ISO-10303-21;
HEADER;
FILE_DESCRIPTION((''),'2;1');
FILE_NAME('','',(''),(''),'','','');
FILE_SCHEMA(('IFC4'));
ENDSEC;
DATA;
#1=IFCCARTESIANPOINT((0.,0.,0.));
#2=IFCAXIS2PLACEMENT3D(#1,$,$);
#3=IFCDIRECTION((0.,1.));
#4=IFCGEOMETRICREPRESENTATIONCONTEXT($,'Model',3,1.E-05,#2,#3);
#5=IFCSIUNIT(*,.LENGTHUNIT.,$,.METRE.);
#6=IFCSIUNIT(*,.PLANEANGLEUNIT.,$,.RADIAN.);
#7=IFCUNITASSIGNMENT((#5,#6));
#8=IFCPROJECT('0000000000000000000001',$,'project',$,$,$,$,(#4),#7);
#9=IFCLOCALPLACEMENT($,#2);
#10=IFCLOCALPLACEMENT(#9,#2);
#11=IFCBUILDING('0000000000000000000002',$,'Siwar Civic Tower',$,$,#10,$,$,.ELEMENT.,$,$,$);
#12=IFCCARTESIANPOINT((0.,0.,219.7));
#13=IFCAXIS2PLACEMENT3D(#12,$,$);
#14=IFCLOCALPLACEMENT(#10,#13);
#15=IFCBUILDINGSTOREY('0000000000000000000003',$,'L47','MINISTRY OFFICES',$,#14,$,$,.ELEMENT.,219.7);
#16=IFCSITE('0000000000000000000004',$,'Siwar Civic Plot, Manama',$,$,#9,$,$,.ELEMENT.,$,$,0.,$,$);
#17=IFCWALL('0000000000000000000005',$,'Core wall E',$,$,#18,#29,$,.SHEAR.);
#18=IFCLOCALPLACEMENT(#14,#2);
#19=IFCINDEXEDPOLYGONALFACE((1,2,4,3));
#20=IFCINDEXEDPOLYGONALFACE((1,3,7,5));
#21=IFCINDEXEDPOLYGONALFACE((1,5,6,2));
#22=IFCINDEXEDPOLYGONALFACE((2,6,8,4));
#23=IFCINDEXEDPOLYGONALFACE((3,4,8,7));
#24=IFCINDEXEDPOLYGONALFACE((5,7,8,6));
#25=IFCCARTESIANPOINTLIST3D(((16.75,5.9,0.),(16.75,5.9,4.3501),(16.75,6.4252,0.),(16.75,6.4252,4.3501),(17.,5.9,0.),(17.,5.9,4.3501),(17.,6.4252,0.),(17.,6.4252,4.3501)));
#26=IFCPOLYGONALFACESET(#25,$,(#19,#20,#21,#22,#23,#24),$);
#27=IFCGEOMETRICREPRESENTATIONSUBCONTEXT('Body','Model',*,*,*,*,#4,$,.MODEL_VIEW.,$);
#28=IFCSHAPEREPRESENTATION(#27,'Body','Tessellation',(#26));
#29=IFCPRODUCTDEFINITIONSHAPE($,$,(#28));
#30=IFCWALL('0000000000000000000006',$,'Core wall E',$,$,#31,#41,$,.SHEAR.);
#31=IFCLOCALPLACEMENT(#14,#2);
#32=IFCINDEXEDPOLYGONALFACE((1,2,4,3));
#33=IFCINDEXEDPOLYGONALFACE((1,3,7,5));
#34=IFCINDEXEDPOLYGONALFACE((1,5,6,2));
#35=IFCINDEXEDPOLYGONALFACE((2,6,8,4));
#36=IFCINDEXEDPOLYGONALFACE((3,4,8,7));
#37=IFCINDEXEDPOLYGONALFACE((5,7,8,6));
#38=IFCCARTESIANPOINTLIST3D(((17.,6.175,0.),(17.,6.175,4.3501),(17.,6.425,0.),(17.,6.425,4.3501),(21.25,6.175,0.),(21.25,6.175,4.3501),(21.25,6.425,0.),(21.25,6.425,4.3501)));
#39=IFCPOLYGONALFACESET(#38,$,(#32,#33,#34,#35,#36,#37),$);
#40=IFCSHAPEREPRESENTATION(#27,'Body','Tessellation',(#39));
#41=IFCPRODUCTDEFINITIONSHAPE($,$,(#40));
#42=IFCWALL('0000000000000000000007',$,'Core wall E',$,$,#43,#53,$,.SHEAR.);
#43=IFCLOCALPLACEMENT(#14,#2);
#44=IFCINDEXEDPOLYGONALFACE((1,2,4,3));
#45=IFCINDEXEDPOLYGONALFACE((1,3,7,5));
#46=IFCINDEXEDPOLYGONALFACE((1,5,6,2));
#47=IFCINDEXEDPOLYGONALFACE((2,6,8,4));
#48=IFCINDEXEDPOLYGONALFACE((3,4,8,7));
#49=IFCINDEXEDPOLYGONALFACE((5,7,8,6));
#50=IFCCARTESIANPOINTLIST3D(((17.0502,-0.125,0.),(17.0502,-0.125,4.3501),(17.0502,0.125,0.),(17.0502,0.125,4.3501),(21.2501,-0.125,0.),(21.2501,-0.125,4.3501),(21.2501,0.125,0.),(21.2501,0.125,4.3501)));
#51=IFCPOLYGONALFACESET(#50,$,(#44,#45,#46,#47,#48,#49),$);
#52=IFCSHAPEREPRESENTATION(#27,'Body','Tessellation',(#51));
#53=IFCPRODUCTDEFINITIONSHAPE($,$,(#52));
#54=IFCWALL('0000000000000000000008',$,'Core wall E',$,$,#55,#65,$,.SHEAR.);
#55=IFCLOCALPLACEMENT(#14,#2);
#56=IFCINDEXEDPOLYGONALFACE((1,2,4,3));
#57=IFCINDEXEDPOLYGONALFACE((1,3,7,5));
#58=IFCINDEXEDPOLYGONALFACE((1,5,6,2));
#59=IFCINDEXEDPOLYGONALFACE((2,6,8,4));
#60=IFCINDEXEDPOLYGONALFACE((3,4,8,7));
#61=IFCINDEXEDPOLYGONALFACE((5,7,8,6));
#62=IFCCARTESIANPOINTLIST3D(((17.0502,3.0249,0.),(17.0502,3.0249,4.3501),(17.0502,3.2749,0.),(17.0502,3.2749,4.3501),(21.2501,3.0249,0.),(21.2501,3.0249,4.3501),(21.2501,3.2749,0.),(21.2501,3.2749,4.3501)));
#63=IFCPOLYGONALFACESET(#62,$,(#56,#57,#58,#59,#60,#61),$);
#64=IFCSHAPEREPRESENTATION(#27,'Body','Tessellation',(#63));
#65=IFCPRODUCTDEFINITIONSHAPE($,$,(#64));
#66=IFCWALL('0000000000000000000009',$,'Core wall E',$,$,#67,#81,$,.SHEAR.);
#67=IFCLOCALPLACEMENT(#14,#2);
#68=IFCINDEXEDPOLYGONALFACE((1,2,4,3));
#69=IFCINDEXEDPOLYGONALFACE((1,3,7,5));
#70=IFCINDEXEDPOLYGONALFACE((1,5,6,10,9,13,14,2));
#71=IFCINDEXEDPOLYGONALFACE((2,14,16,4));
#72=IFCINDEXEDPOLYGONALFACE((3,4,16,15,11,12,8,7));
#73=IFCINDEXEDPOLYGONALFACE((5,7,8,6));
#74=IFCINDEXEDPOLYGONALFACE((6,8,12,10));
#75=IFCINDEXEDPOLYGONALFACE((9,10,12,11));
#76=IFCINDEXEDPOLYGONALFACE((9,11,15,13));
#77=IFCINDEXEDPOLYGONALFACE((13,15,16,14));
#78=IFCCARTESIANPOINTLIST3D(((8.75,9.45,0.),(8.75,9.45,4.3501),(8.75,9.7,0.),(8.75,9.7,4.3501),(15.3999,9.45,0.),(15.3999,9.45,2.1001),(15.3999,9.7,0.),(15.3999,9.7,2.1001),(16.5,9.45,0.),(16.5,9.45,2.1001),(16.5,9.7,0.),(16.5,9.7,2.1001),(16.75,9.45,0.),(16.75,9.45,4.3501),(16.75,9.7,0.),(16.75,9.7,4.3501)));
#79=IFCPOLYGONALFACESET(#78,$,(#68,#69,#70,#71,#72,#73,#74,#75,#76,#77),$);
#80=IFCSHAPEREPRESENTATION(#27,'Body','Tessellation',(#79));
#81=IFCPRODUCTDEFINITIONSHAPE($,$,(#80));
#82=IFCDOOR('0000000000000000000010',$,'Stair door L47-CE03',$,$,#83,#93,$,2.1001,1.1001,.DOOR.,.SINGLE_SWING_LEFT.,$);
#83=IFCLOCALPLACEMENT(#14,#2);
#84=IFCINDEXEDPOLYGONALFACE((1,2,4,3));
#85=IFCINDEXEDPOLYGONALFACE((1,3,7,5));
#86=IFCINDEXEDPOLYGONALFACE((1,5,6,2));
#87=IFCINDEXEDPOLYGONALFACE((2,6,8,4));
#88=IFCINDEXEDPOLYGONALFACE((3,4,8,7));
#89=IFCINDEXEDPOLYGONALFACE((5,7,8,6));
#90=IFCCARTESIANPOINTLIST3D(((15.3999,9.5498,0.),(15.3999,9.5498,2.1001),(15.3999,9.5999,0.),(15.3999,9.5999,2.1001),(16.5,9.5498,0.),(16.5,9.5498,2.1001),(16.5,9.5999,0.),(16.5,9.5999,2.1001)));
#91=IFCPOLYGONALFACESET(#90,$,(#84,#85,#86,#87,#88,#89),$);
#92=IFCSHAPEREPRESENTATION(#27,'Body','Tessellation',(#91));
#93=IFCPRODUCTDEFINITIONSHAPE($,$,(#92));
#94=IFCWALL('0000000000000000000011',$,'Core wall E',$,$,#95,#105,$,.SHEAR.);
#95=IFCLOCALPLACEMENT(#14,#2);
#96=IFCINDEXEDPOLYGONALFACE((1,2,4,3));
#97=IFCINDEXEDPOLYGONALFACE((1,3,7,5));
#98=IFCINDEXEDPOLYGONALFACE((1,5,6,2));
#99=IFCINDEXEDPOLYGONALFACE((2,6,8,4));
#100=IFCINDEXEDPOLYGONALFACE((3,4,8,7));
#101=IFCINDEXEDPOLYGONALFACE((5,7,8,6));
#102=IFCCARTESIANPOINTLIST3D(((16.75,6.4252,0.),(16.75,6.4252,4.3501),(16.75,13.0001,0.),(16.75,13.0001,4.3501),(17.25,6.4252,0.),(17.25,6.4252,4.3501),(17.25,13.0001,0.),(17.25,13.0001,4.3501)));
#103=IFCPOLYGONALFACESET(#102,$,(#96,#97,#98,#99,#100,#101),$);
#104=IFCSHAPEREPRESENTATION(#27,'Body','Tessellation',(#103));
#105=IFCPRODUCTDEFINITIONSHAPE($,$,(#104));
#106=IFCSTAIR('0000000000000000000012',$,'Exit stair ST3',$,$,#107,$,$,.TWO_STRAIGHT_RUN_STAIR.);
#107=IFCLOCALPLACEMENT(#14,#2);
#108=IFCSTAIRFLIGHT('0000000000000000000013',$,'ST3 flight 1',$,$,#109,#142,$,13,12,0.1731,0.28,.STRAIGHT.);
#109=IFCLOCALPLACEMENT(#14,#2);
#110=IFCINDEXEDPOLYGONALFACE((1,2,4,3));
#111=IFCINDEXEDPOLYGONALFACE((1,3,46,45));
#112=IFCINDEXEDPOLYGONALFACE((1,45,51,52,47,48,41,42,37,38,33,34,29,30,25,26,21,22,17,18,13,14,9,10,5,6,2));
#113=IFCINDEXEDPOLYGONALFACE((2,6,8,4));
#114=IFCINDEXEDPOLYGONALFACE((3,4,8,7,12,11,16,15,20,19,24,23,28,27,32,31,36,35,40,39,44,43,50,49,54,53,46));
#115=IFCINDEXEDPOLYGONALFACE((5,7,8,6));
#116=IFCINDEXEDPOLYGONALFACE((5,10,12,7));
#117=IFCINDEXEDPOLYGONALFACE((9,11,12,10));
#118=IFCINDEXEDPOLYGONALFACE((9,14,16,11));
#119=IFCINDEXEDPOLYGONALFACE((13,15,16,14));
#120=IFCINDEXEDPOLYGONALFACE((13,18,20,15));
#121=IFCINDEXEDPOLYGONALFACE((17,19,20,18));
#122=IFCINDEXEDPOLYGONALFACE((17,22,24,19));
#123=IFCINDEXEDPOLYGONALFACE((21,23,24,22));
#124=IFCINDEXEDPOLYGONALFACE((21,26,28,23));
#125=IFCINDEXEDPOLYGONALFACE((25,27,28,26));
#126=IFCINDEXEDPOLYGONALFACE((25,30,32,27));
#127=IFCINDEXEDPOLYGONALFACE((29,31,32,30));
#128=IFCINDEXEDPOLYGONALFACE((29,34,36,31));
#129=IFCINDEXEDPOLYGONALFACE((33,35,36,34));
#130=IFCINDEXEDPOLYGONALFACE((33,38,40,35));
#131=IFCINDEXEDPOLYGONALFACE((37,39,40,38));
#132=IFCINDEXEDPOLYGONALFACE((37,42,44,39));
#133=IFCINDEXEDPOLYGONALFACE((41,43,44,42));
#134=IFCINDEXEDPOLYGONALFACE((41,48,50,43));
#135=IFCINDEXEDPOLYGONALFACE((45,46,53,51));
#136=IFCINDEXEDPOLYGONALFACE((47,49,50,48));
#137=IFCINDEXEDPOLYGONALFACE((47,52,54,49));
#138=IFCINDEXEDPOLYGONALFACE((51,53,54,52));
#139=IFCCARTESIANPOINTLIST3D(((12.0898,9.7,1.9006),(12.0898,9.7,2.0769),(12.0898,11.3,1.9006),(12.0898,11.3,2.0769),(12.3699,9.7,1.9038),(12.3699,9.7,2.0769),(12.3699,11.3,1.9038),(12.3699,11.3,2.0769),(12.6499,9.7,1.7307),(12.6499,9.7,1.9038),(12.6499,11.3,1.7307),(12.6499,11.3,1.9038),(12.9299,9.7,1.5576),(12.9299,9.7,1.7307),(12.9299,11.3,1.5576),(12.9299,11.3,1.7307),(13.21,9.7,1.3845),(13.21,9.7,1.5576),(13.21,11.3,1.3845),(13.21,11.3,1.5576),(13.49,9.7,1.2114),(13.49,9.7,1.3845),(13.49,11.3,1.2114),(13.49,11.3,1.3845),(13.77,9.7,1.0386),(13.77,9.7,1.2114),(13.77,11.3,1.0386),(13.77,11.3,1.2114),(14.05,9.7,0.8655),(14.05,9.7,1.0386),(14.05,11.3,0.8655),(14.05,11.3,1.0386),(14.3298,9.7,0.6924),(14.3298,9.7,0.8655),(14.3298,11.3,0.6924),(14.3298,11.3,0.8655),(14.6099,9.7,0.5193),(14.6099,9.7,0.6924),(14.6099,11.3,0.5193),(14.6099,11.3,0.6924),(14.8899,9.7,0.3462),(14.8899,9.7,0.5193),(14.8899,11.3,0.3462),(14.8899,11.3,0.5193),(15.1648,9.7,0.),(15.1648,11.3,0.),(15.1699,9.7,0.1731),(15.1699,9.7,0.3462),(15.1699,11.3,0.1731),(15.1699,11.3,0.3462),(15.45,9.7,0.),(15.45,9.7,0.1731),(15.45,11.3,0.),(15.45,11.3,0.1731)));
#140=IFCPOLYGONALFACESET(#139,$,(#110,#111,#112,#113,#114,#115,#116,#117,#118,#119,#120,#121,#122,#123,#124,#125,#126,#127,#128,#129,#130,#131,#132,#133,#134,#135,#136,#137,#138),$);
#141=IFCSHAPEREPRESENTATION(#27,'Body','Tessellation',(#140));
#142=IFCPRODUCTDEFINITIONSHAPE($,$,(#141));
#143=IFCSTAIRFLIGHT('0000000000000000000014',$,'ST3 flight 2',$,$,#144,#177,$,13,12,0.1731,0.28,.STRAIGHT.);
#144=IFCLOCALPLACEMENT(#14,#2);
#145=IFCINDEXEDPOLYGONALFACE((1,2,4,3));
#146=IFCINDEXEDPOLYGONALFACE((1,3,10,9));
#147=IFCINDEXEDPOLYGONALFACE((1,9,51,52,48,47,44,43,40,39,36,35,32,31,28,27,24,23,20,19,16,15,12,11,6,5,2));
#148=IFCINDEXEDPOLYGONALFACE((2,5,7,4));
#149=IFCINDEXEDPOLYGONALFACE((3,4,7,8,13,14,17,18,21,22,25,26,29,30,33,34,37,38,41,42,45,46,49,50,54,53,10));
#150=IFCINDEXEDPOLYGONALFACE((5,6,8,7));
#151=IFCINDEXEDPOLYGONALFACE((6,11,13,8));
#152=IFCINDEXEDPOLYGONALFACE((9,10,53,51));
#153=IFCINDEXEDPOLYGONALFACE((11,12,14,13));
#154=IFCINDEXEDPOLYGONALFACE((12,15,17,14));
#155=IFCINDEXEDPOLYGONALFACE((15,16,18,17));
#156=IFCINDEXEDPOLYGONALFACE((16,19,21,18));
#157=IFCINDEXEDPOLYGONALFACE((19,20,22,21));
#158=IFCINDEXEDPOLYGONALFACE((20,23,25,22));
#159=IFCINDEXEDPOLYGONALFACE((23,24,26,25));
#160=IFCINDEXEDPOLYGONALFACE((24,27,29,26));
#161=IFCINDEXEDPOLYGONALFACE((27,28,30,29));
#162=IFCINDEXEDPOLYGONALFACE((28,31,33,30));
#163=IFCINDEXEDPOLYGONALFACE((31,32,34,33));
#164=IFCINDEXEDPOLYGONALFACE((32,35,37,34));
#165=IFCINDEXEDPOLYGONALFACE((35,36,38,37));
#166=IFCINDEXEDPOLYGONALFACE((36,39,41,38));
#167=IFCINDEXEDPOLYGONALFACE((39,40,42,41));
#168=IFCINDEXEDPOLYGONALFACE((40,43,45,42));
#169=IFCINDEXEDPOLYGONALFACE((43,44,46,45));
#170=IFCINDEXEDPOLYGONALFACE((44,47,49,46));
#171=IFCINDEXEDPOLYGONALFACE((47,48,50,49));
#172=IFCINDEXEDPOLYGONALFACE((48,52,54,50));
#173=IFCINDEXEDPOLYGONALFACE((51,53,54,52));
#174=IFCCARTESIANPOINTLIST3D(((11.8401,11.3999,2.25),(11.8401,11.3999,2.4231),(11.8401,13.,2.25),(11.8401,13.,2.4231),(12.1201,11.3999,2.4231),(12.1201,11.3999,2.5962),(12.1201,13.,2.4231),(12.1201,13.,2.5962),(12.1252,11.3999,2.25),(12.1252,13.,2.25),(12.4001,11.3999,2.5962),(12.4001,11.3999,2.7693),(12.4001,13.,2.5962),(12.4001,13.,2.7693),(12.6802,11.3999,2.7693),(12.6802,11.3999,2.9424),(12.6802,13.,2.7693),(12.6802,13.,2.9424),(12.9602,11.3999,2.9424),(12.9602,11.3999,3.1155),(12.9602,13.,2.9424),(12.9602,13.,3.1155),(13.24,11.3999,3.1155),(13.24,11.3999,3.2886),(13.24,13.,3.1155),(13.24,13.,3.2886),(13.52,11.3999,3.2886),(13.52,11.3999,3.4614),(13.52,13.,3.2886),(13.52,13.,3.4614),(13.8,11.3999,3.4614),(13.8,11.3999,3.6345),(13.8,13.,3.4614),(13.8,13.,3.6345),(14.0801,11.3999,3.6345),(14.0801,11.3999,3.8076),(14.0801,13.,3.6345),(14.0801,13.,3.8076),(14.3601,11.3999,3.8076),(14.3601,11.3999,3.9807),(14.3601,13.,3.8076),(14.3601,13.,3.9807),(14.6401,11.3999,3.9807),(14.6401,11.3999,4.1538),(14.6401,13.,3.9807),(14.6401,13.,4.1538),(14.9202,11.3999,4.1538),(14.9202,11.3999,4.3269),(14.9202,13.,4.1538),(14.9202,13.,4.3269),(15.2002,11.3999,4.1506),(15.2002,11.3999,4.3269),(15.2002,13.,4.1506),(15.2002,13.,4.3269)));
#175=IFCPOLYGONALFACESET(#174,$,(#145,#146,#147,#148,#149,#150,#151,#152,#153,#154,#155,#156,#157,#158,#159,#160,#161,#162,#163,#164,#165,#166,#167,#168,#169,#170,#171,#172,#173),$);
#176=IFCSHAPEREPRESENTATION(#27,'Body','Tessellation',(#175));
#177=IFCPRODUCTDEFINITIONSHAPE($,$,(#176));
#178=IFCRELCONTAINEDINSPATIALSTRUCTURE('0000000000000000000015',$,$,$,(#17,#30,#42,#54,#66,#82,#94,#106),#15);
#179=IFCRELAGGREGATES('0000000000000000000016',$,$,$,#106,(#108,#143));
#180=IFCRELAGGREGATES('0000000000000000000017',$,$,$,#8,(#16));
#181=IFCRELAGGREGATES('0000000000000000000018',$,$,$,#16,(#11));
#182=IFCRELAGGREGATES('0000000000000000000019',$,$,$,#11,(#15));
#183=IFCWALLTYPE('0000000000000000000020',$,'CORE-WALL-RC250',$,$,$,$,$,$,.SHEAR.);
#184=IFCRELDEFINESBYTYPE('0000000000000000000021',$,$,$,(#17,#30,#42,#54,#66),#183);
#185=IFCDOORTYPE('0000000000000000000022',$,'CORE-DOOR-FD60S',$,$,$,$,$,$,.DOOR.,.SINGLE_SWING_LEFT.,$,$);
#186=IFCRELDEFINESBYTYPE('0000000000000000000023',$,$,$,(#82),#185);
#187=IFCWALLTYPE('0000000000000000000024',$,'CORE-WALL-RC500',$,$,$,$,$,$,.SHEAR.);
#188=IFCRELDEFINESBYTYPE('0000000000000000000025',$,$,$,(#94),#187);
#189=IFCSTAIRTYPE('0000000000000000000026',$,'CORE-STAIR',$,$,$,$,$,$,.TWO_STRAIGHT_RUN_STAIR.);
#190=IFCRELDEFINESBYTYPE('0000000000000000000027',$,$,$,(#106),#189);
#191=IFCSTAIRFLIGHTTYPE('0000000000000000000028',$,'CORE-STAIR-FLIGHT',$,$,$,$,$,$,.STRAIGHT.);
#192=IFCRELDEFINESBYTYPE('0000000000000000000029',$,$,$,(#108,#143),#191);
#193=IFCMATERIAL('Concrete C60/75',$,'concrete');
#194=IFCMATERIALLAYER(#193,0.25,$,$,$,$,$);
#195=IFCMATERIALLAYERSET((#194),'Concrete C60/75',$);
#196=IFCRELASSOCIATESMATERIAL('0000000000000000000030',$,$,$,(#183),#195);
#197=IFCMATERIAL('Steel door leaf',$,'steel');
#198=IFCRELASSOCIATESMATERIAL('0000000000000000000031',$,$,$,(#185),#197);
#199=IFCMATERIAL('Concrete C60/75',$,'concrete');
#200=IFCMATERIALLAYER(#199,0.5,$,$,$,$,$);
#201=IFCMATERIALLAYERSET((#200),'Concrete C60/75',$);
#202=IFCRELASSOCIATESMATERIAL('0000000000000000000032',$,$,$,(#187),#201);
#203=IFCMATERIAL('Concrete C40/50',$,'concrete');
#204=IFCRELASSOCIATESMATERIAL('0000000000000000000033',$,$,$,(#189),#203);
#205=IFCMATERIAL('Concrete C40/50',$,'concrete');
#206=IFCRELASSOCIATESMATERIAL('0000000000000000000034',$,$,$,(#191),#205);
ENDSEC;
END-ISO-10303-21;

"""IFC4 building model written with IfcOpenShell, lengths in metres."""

from ifc_helpers import new_model, si_unit, direction, frame, frame_2d, origin, place, context, subcontext, project, spatial, polyline, rectangle, outline, extrude, material, layer, layer_set, type_object, element, fill, aggregate, save


model = new_model("IFC4")

# Units and contexts
model_context = context("Model", 3, precision=1e-05, world=origin(), true_north=direction((0.0, 1.0)))
body_context = subcontext(model_context, "Body", "Model", "MODEL_VIEW")
ifc_project = project(units=[si_unit("LENGTHUNIT", "METRE"), si_unit("PLANEANGLEUNIT", "RADIAN")], contexts=[model_context])

# Site, building, storey
site_placement = place(None, origin())
site = spatial("IfcSite", under=ifc_project, at=site_placement, Name="Siwar Civic Plot, Manama", CompositionType="ELEMENT", RefElevation=0.0)
building_placement = place(site_placement, origin())
building = spatial("IfcBuilding", under=site, at=building_placement, Name="Siwar Civic Tower", CompositionType="ELEMENT")
storey_placement = place(building_placement, frame((0.0, 0.0, 219.7)))
storey = spatial("IfcBuildingStorey", under=building, at=storey_placement, Name="L47", Description="MINISTRY OFFICES", CompositionType="ELEMENT", Elevation=219.7)

# Shared definitions
ifc_material_1 = material(Name="Concrete C60/75", Category="concrete")
ifc_layer_1 = layer(ifc_material_1, 0.25)
ifc_layer_set_1 = layer_set([ifc_layer_1], Name="Concrete C60/75")
wall_type_1 = type_object("IfcWallType", Name="CORE-WALL-RC250", PredefinedType="SHEAR", material=ifc_layer_set_1)

# Walls
wall_1_placement = place(storey_placement, frame((16.875, 5.8999, 0.0), z_axis=(0.0, 0.0, 1.0), x_axis=(0.0, 1.0, 0.0)))
element("IfcWall", 1, at=wall_1_placement, inside=storey, type_object=wall_type_1, Name="Core wall E", PredefinedType="SHEAR", context=body_context, shape_type="SweptSolid", body=[
    extrude(rectangle(XDim=0.5251, YDim=0.25, at=frame_2d((0.2627, 0.0))), origin(), (0.0, 0.0, 1.0), 4.3501),
])
wall_2_placement = place(storey_placement, frame((17.0, 6.3, 0.0), z_axis=(0.0, 0.0, 1.0), x_axis=(1.0, 0.0, 0.0)))
element("IfcWall", 2, at=wall_2_placement, inside=storey, type_object=wall_type_1, Name="Core wall E", PredefinedType="SHEAR", context=body_context, shape_type="SweptSolid", body=[
    extrude(rectangle(XDim=4.25, YDim=0.25, at=frame_2d((2.125, 0.0))), origin(), (0.0, 0.0, 1.0), 4.3501),
])
for number, where, z_axis, x_axis, name in (
    (3, (17.05, 0.0, 0.0), (0.0, 0.0, 1.0), (1.0, 0.0, 0.0), "Core wall E"),
    (4, (17.05, 3.1499, 0.0), (0.0, 0.0, 1.0), (1.0, 0.0, 0.0), "Core wall E"),
):
    element("IfcWall", number, at=place(storey_placement, frame(where, z_axis=z_axis, x_axis=x_axis)), inside=storey, type_object=wall_type_1, Name=name, PredefinedType="SHEAR", context=body_context, shape_type="SweptSolid", body=[
        extrude(rectangle(XDim=4.2, YDim=0.25, at=frame_2d((2.1001, 0.0))), origin(), (0.0, 0.0, 1.0), 4.3501),
    ])

# Wall, opening, door
wall_3_placement = place(storey_placement, frame((8.75, 9.575, 0.0), z_axis=(0.0, 0.0, 1.0), x_axis=(1.0, 0.0, 0.0)))
wall_3 = element("IfcWall", 5, at=wall_3_placement, inside=storey, type_object=wall_type_1, Name="Core wall E", PredefinedType="SHEAR", context=body_context, shape_type="SweptSolid", body=[
    extrude(rectangle(XDim=8.0, YDim=0.25, at=frame_2d((4.0, 0.0))), origin(), (0.0, 0.0, 1.0), 4.3501),
])
opening_1_placement = place(wall_3_placement, frame((6.6499, 0.0, 0.0)))
opening_1 = element("IfcOpeningElement", 6, at=opening_1_placement, cuts=wall_3, PredefinedType="OPENING", context=body_context, shape_type="SweptSolid", body=[
    extrude(rectangle(XDim=1.1001, YDim=2.1001, at=frame_2d((0.55, 1.05))), frame((0.0, 0.135, 0.0), z_axis=(0.0, -1.0, 0.0), x_axis=(1.0, 0.0, 0.0)), (0.0, 0.0, 1.0), 0.27),
])
ifc_material_2 = material(Name="Steel door leaf", Category="steel")
door_type_1 = type_object("IfcDoorType", Name="CORE-DOOR-FD60S", OperationType="SINGLE_SWING_LEFT", PredefinedType="DOOR", material=ifc_material_2)
door_1_placement = place(opening_1_placement, origin())
door_1 = element("IfcDoor", 7, at=door_1_placement, inside=storey, type_object=door_type_1, Name="Stair door L47-CE03", OperationType="SINGLE_SWING_LEFT", OverallHeight=2.1001, OverallWidth=1.1001, PredefinedType="DOOR", context=body_context, shape_type="SweptSolid", body=[
    extrude(rectangle(XDim=1.1001, YDim=2.1001, at=frame_2d((0.55, 1.05))), frame((0.0, 0.0249, 0.0), z_axis=(0.0, -1.0, 0.0), x_axis=(1.0, 0.0, 0.0)), (0.0, 0.0, 1.0), 0.05),
])
fill(opening_1, door_1)

# Wall
ifc_material_3 = material(Name="Concrete C60/75", Category="concrete")
ifc_layer_2 = layer(ifc_material_3, 0.5)
ifc_layer_set_2 = layer_set([ifc_layer_2], Name="Concrete C60/75")
wall_type_2 = type_object("IfcWallType", Name="CORE-WALL-RC500", PredefinedType="SHEAR", material=ifc_layer_set_2)
wall_4_placement = place(storey_placement, frame((17.0, 6.425, 0.0), z_axis=(0.0, 0.0, 1.0), x_axis=(0.0, 1.0, 0.0)))
element("IfcWall", 8, at=wall_4_placement, inside=storey, type_object=wall_type_2, Name="Core wall E", PredefinedType="SHEAR", context=body_context, shape_type="SweptSolid", body=[
    extrude(rectangle(XDim=6.575, YDim=0.5, at=frame_2d((3.2876, 0.0))), origin(), (0.0, 0.0, 1.0), 4.3501),
])

# Stair, stair flights
ifc_material_4 = material(Name="Concrete C40/50", Category="concrete")
stair_type = type_object("IfcStairType", Name="CORE-STAIR", PredefinedType="TWO_STRAIGHT_RUN_STAIR", material=ifc_material_4)
stair_placement = place(storey_placement, origin())
stair = element("IfcStair", 9, at=stair_placement, inside=storey, type_object=stair_type, Name="Exit stair ST3", PredefinedType="TWO_STRAIGHT_RUN_STAIR")
ifc_material_5 = material(Name="Concrete C40/50", Category="concrete")
stair_flight_type = type_object("IfcStairFlightType", Name="CORE-STAIR-FLIGHT", PredefinedType="STRAIGHT", material=ifc_material_5)
stair_flight_1_placement = place(storey_placement, frame((15.45, 10.5, 0.0), z_axis=(0.0, 0.0, 1.0), x_axis=(-1.0, 0.0, 0.0)))
stair_flight_1 = element("IfcStairFlight", 10, at=stair_flight_1_placement, type_object=stair_flight_type, Name="ST3 flight 1", NumberOfRisers=13, NumberOfTreads=12, PredefinedType="STRAIGHT", RiserHeight=0.1731, TreadLength=0.28, context=body_context, shape_type="SweptSolid", body=[
    extrude(outline(polyline([(0.0, 0.0), (0.0, 0.1731), (0.28, 0.1731), (0.28, 0.3462), (0.5601, 0.3462), (0.5601, 0.5193), (0.8401, 0.5193), (0.8401, 0.6924), (1.1201, 0.6924), (1.1201, 0.8655), (1.3999, 0.8655), (1.3999, 1.0386), (1.6799, 1.0386), (1.6799, 1.2114), (1.96, 1.2114), (1.96, 1.3845), (2.24, 1.3845), (2.24, 1.5576), (2.52, 1.5576), (2.52, 1.7307), (2.8, 1.7307), (2.8, 1.9038), (3.0801, 1.9038), (3.0801, 2.0769), (3.3601, 2.0769), (3.3601, 2.25), (3.3601, 1.9006), (0.2852, 0.0), (0.0, 0.0)])), frame((0.0, 0.8, 0.0), z_axis=(0.0, -1.0, 0.0), x_axis=(1.0, 0.0, 0.0)), (0.0, 0.0, 1.0), 1.6001),
])
stair_flight_2_placement = place(storey_placement, frame((11.8401, 12.2, 2.25), z_axis=(0.0, 0.0, 1.0), x_axis=(1.0, 0.0, 0.0)))
stair_flight_2 = element("IfcStairFlight", 11, at=stair_flight_2_placement, type_object=stair_flight_type, Name="ST3 flight 2", NumberOfRisers=13, NumberOfTreads=12, PredefinedType="STRAIGHT", RiserHeight=0.1731, TreadLength=0.28, context=body_context, shape_type="SweptSolid", body=[
    extrude(outline(polyline([(0.0, 0.0), (0.0, 0.1731), (0.28, 0.1731), (0.28, 0.3462), (0.5601, 0.3462), (0.5601, 0.5193), (0.8401, 0.5193), (0.8401, 0.6924), (1.1201, 0.6924), (1.1201, 0.8655), (1.3999, 0.8655), (1.3999, 1.0386), (1.6799, 1.0386), (1.6799, 1.2114), (1.96, 1.2114), (1.96, 1.3845), (2.24, 1.3845), (2.24, 1.5576), (2.52, 1.5576), (2.52, 1.7307), (2.8, 1.7307), (2.8, 1.9038), (3.0801, 1.9038), (3.0801, 2.0769), (3.3601, 2.0769), (3.3601, 2.25), (3.3601, 1.9006), (0.2852, 0.0), (0.0, 0.0)])), frame((0.0, 0.8, 0.0), z_axis=(0.0, -1.0, 0.0), x_axis=(1.0, 0.0, 0.0)), (0.0, 0.0, 1.0), 1.6001),
])
aggregate(stair, [stair_flight_1, stair_flight_2])

save(model, "model.ifc")
